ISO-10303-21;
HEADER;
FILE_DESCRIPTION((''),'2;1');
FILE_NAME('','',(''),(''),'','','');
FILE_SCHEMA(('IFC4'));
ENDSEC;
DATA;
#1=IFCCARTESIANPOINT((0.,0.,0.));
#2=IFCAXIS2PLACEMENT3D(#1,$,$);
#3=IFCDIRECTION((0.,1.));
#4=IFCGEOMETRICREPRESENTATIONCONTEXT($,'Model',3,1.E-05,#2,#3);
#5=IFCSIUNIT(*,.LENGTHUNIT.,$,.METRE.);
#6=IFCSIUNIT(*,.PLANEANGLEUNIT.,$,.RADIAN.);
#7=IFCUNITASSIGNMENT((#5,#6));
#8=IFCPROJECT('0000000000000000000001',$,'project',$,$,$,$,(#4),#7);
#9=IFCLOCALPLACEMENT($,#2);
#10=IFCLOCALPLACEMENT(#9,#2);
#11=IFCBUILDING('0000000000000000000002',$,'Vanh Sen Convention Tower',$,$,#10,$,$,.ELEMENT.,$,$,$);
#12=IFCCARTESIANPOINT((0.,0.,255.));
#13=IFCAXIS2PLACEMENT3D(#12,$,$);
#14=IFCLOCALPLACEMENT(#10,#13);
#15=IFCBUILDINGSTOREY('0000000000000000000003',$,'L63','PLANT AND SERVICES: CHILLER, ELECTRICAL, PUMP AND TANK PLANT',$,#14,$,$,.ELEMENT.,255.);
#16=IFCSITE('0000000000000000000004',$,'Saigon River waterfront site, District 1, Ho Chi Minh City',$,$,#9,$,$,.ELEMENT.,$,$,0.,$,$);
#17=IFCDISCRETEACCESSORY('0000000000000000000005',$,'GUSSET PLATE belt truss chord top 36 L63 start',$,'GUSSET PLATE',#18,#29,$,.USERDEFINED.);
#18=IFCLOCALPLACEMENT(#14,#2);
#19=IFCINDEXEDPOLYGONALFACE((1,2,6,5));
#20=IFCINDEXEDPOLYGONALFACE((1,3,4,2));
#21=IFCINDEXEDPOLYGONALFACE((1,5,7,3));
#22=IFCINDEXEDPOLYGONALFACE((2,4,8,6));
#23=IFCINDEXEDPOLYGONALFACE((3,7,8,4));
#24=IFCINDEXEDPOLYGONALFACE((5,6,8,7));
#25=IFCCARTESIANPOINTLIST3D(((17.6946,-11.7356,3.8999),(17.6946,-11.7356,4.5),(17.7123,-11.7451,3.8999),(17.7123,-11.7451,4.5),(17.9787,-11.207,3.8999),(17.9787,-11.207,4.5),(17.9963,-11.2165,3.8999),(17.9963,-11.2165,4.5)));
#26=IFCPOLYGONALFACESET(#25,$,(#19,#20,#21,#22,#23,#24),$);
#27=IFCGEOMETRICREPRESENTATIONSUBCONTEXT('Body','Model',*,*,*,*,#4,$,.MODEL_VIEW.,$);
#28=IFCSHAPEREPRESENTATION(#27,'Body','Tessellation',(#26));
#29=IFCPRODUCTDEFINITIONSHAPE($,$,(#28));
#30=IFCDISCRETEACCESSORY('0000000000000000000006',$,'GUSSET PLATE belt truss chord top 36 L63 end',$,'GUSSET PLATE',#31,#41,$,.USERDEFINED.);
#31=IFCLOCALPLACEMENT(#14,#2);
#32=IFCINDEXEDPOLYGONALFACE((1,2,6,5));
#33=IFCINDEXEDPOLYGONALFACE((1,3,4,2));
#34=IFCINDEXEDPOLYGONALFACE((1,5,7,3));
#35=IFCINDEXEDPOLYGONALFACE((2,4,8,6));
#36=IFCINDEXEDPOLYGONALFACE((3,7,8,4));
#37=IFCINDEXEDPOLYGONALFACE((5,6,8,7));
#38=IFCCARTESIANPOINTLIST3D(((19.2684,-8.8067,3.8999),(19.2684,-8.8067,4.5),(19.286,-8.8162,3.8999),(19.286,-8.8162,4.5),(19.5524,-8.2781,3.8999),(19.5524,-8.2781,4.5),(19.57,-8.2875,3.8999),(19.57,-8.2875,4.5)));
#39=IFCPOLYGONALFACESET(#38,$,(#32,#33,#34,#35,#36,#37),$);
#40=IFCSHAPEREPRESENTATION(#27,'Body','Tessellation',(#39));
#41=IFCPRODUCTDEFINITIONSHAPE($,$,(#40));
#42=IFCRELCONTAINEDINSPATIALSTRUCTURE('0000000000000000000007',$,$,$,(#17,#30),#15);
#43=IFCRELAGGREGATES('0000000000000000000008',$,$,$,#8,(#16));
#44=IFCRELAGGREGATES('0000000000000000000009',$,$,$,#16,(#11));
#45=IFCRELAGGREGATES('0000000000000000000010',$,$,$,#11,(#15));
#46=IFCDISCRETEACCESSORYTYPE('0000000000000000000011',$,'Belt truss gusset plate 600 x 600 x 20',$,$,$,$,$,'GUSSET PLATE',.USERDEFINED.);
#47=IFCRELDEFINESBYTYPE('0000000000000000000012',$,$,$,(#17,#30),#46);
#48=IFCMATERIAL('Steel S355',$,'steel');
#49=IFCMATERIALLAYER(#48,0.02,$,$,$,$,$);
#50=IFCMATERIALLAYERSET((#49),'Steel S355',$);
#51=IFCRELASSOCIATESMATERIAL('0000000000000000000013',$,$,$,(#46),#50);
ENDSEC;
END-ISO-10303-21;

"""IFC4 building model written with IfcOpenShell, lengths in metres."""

from ifc_helpers import new_model, si_unit, direction, frame, origin, origin_2d, place, context, subcontext, project, spatial, rectangle, extrude, material, layer, layer_set, type_object, element, save


model = new_model("IFC4")

# Units and contexts
model_context = context("Model", 3, precision=1e-05, world=origin(), true_north=direction((0.0, 1.0)))
body_context = subcontext(model_context, "Body", "Model", "MODEL_VIEW")
ifc_project = project(units=[si_unit("LENGTHUNIT", "METRE"), si_unit("PLANEANGLEUNIT", "RADIAN")], contexts=[model_context])

# Site, building, storey
site_placement = place(None, origin())
site = spatial("IfcSite", under=ifc_project, at=site_placement, Name="Saigon River waterfront site, District 1, Ho Chi Minh City", CompositionType="ELEMENT", RefElevation=0.0)
building_placement = place(site_placement, origin())
building = spatial("IfcBuilding", under=site, at=building_placement, Name="Vanh Sen Convention Tower", CompositionType="ELEMENT")
storey_placement = place(building_placement, frame((0.0, 0.0, 255.0)))
storey = spatial("IfcBuildingStorey", under=building, at=storey_placement, Name="L63", Description="PLANT AND SERVICES: CHILLER, ELECTRICAL, PUMP AND TANK PLANT", CompositionType="ELEMENT", Elevation=255.0)

# Shared definitions
ifc_material_1 = material(Name="Steel S355", Category="steel")

# Discrete accessories
ifc_layer_1 = layer(ifc_material_1, 0.02)
ifc_layer_set_1 = layer_set([ifc_layer_1], Name="Steel S355")
discrete_accessory_type = type_object("IfcDiscreteAccessoryType", Name="Belt truss gusset plate 600 x 600 x 20", ElementType="GUSSET PLATE", PredefinedType="USERDEFINED", material=ifc_layer_set_1)
for number, where, z_axis, x_axis, name in (
    (1, (17.8455, -11.4761, 3.8999), (0.0, 0.0, 1.0), (0.473312, 0.880895, 0.0), "GUSSET PLATE belt truss chord top 36 L63 start"),
    (2, (19.4192, -8.5471, 3.8999), (0.0, 0.0, 1.0), (-0.473312, -0.880895, 0.0), "GUSSET PLATE belt truss chord top 36 L63 end"),
):
    element("IfcDiscreteAccessory", number, at=place(storey_placement, frame(where, z_axis=z_axis, x_axis=x_axis)), inside=storey, type_object=discrete_accessory_type, Name=name, ObjectType="GUSSET PLATE", PredefinedType="USERDEFINED", context=body_context, shape_type="SweptSolid", body=[
        extrude(rectangle(XDim=0.6001, YDim=0.02, at=origin_2d()), origin(), (0.0, 0.0, 1.0), 0.6001),
    ])

save(model, "model.ifc")
